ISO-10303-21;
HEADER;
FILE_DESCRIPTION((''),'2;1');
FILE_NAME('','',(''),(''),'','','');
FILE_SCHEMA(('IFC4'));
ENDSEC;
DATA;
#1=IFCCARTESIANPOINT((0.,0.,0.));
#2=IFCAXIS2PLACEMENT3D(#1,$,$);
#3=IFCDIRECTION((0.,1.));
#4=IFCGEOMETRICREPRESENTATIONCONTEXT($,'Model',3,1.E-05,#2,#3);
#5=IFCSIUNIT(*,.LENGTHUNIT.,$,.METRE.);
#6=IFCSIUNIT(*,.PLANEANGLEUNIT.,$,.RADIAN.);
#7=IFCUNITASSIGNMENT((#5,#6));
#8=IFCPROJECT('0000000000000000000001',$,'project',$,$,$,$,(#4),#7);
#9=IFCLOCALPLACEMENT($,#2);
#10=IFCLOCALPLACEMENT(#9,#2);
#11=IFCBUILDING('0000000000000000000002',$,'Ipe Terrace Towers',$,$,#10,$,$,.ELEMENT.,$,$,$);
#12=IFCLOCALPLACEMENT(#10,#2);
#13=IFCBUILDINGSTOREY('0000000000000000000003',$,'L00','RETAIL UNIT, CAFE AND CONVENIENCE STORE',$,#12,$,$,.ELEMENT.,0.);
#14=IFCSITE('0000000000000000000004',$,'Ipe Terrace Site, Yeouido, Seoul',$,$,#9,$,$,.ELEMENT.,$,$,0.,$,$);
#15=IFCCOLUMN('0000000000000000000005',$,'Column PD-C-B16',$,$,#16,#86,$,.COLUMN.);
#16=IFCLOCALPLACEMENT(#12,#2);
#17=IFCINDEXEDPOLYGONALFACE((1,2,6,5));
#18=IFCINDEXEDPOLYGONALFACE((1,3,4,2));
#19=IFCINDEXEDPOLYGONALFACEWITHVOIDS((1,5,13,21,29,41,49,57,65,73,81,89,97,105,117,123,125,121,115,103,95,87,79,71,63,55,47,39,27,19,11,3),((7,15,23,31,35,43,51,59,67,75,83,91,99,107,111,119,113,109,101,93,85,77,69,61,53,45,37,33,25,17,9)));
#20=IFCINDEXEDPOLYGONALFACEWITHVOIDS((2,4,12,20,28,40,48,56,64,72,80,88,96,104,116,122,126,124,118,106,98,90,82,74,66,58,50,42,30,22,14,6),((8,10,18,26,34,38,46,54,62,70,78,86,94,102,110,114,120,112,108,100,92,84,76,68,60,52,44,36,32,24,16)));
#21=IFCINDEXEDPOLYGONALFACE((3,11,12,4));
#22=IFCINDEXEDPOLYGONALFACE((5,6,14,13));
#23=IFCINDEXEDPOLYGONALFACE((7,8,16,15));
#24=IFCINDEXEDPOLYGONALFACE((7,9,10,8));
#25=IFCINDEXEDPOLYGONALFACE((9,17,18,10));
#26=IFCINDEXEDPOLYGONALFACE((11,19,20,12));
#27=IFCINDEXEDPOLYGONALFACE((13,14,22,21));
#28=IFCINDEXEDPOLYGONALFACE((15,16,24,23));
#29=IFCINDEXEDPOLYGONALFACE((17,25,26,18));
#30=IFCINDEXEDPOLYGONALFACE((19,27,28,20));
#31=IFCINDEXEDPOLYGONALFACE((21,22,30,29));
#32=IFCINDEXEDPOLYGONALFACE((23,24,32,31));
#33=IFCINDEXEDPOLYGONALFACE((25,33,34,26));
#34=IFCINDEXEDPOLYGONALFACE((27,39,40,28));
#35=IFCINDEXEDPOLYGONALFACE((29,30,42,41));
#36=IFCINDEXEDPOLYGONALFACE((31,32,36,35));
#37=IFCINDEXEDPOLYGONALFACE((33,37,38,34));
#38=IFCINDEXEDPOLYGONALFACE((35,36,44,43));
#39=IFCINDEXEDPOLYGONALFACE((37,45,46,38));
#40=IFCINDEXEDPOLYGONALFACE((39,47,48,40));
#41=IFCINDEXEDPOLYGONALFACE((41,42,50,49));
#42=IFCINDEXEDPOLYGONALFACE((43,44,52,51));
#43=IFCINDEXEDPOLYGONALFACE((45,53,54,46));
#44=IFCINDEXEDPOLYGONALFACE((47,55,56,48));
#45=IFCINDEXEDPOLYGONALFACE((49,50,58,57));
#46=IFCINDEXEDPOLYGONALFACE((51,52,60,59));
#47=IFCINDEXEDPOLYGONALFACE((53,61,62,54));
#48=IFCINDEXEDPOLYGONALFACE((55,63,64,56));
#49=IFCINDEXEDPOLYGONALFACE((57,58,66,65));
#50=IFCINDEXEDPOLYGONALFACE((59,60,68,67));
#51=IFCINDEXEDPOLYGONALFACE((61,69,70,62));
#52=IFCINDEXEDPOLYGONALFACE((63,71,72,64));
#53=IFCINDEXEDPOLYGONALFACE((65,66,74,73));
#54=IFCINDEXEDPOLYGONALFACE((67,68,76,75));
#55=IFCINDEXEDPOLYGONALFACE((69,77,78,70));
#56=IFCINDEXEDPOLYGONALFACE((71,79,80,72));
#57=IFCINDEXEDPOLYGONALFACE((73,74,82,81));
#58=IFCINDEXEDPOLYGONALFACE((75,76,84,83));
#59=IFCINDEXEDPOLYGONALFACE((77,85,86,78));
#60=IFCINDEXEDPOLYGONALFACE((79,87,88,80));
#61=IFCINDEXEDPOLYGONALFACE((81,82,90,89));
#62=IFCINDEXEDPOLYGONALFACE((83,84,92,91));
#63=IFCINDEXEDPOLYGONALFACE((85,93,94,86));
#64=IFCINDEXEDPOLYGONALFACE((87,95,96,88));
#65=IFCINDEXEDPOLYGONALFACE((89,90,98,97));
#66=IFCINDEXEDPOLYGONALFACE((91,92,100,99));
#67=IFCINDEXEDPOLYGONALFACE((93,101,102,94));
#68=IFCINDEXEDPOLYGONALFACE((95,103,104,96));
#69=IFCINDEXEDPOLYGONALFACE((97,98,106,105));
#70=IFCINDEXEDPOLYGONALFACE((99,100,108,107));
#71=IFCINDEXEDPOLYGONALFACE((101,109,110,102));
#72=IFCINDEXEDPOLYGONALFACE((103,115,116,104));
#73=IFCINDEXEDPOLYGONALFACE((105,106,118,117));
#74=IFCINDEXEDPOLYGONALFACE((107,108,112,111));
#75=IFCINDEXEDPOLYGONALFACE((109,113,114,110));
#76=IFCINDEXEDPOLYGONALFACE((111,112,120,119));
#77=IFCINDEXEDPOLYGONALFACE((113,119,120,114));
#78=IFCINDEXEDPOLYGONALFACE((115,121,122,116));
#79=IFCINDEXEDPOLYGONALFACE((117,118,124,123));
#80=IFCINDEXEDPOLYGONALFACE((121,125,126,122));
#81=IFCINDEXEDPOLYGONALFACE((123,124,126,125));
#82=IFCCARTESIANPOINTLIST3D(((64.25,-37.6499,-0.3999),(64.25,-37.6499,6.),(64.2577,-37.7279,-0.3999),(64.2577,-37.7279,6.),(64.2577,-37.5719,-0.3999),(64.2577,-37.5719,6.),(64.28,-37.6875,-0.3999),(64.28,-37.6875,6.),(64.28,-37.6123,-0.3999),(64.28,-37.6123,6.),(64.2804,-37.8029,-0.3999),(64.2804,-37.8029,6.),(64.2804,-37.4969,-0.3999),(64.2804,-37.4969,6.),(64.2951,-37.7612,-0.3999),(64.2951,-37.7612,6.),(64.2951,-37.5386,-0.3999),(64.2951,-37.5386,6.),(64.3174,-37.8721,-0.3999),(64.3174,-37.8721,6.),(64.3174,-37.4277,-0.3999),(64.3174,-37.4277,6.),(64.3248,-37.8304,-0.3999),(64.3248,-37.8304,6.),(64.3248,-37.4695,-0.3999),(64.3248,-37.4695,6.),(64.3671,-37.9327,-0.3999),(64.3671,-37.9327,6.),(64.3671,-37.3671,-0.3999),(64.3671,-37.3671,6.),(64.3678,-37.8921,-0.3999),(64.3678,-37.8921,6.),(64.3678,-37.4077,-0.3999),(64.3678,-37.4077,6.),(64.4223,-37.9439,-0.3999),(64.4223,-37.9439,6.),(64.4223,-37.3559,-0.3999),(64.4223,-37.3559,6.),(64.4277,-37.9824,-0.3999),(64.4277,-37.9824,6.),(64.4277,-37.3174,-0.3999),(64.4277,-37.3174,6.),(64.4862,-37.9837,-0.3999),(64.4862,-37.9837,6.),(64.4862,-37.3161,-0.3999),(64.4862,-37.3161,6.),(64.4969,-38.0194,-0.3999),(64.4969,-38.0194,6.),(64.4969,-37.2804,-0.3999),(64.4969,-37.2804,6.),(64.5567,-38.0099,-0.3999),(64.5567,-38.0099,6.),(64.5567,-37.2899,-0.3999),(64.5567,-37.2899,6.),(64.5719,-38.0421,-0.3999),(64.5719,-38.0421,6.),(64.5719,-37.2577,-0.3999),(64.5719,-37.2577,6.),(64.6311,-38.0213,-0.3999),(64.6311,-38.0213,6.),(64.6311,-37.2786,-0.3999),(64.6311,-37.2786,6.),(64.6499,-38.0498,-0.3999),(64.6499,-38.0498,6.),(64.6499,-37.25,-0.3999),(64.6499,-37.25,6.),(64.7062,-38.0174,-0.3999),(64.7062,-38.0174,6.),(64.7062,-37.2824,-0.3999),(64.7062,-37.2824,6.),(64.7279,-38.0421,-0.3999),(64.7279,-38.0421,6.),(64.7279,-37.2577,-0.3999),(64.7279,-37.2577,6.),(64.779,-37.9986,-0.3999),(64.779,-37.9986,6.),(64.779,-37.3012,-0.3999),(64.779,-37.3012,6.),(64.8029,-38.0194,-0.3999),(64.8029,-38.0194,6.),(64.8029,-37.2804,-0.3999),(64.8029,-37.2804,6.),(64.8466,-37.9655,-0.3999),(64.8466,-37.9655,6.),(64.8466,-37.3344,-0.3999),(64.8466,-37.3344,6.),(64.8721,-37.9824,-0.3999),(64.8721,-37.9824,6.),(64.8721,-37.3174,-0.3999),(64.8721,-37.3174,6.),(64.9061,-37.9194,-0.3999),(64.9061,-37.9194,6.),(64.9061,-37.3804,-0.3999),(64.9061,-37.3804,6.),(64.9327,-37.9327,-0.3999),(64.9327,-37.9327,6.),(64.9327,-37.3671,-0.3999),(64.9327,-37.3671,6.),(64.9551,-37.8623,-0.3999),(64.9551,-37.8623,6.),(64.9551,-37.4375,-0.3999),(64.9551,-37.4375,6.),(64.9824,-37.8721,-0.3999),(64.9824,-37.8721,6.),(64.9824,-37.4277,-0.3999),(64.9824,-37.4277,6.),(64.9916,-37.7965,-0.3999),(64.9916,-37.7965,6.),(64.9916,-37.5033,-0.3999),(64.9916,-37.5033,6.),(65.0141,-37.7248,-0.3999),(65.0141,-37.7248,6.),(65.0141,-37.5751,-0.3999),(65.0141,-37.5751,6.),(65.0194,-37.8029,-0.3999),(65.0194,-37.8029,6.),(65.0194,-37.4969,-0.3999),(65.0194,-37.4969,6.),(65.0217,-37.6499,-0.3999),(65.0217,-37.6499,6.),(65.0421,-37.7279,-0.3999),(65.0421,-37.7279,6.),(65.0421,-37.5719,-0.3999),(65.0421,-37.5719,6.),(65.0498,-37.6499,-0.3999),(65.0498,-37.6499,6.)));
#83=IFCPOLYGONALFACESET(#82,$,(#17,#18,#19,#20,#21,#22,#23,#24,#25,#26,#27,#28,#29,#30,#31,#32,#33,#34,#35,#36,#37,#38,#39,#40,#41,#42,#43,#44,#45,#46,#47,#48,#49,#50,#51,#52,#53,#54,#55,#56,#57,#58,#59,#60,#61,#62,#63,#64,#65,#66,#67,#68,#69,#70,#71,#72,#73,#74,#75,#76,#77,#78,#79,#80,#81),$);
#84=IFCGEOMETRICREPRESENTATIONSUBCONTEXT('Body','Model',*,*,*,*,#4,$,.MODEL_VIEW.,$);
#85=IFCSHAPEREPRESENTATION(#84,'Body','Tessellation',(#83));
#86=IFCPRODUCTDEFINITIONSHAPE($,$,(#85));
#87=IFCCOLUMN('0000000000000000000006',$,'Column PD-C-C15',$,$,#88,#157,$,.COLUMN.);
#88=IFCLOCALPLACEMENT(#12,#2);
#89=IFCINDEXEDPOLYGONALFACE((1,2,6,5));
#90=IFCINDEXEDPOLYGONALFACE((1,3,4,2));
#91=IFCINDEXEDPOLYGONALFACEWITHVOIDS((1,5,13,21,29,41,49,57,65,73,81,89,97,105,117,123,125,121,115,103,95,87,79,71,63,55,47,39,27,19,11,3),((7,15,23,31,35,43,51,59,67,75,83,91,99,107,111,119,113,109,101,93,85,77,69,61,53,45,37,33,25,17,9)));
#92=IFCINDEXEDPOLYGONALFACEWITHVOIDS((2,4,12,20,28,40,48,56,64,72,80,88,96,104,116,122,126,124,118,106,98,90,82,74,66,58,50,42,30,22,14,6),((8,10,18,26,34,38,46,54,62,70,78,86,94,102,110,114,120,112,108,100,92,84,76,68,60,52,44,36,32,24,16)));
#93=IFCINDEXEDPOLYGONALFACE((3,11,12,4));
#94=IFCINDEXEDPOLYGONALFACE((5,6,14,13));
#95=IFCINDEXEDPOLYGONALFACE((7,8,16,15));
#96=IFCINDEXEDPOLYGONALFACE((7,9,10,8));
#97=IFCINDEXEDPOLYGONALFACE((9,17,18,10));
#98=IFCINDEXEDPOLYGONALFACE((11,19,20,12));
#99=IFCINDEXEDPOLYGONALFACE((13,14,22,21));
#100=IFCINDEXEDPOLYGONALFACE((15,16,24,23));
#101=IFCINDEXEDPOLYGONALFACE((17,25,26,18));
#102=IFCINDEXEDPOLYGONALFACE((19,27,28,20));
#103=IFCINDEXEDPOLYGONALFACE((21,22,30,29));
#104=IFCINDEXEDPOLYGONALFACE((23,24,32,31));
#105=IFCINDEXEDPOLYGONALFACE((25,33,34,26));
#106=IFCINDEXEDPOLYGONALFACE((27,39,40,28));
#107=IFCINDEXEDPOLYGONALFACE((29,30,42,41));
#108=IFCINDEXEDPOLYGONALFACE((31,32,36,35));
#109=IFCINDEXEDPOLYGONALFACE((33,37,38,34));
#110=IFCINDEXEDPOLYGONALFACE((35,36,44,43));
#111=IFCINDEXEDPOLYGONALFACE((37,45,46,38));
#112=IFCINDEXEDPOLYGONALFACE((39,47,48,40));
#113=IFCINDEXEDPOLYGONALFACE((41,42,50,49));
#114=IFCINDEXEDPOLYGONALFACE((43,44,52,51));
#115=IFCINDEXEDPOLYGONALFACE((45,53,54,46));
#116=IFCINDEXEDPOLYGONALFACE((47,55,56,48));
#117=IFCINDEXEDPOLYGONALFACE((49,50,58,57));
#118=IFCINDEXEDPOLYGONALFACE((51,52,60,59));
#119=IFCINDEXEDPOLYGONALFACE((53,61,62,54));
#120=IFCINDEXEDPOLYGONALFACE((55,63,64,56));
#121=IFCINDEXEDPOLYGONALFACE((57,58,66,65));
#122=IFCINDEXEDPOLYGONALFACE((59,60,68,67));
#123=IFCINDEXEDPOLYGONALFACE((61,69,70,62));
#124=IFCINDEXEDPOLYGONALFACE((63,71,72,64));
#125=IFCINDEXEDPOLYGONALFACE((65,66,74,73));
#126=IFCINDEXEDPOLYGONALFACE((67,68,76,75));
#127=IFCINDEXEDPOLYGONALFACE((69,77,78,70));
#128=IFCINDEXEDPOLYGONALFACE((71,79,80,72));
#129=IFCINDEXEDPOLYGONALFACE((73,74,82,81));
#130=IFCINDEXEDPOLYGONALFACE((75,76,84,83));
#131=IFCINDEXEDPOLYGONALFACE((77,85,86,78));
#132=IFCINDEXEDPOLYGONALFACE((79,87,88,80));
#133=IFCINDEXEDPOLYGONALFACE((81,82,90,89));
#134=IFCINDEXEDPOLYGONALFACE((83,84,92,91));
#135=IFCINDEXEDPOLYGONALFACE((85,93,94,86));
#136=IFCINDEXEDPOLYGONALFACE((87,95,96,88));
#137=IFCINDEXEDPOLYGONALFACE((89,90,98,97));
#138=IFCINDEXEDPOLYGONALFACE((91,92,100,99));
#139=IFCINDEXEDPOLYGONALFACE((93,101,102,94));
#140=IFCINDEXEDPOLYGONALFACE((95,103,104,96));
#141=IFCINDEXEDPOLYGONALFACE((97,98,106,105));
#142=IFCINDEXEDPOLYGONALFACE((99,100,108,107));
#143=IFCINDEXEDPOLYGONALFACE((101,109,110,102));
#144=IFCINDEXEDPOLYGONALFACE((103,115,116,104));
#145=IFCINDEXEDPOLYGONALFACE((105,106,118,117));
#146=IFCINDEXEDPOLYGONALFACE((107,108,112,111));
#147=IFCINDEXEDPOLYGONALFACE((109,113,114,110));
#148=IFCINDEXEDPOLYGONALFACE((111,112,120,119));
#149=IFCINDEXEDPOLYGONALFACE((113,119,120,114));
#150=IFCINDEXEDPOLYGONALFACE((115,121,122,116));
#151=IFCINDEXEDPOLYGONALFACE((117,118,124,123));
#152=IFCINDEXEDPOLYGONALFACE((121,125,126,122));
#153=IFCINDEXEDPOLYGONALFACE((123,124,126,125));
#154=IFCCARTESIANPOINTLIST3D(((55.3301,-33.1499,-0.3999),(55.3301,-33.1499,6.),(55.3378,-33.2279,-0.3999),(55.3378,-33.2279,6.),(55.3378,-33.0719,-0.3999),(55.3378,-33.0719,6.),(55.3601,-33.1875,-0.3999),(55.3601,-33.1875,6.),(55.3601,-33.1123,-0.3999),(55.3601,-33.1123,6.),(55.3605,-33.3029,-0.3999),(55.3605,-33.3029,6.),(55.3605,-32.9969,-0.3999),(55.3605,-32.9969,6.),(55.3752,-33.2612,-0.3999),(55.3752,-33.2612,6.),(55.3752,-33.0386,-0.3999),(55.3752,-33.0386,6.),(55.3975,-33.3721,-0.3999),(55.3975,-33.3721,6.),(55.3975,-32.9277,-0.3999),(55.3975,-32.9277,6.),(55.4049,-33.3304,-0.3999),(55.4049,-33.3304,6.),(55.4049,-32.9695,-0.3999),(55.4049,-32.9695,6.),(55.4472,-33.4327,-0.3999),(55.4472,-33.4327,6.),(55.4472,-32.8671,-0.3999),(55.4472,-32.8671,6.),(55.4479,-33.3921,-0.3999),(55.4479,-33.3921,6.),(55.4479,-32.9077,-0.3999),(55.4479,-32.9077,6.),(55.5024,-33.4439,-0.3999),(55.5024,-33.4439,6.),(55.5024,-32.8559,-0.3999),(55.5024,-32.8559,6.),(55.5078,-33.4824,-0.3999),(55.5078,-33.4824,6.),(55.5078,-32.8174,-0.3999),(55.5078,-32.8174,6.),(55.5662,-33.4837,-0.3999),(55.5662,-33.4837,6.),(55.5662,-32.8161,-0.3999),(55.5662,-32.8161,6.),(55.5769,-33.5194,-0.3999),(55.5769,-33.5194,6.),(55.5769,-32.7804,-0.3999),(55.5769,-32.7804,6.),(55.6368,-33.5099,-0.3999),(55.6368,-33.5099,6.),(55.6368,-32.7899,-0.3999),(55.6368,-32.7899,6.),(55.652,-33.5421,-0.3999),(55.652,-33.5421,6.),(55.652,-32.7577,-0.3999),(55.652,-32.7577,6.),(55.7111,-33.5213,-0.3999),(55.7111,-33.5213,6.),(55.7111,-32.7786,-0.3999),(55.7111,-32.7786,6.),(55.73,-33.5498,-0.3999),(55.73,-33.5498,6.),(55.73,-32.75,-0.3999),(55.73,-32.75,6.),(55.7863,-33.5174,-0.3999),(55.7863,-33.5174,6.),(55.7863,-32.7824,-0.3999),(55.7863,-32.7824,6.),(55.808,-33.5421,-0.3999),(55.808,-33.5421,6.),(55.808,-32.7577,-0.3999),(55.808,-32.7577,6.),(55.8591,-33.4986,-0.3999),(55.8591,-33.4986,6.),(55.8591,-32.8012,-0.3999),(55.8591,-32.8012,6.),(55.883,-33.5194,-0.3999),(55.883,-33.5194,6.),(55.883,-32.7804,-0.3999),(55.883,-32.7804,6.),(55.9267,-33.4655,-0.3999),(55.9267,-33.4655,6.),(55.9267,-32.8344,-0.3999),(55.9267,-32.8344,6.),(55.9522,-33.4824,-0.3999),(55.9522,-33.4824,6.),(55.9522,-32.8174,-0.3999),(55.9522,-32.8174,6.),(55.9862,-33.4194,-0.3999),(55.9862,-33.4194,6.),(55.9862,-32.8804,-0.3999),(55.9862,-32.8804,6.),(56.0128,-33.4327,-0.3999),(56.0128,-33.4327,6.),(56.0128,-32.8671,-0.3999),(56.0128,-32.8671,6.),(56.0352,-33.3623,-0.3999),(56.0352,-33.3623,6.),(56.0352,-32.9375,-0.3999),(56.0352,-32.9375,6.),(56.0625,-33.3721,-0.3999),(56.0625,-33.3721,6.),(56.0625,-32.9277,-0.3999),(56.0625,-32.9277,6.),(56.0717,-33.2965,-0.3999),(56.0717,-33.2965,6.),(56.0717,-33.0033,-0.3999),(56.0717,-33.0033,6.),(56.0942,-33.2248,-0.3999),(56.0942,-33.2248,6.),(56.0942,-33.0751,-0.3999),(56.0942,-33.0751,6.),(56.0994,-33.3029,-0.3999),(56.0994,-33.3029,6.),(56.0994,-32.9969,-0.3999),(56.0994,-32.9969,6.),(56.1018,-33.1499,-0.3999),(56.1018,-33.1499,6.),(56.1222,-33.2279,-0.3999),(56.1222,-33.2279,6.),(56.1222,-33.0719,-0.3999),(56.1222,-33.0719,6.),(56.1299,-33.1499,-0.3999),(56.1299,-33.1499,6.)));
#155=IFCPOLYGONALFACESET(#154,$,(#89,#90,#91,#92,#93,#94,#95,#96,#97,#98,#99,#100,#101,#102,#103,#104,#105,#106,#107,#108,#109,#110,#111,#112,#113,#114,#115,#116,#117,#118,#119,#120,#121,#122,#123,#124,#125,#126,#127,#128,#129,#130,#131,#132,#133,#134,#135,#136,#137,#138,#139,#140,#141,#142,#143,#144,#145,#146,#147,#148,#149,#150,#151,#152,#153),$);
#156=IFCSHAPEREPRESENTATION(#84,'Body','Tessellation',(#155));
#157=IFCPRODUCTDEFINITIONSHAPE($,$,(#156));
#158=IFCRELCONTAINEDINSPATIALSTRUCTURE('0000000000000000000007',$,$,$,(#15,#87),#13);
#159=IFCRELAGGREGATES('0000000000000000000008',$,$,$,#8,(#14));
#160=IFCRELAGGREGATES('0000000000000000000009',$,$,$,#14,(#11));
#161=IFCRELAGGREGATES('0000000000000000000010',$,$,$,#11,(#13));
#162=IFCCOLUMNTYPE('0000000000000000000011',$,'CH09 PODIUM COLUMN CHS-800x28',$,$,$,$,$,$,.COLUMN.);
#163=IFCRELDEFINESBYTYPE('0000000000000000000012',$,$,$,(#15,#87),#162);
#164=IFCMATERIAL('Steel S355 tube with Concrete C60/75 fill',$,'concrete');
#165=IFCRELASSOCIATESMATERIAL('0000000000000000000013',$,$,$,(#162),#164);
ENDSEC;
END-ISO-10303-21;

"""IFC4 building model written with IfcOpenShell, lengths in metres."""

from ifc_helpers import new_model, si_unit, direction, frame, origin, origin_2d, place, context, subcontext, project, spatial, hollow_circle, extrude, material, material_profile, profile_set, type_object, element, save


model = new_model("IFC4")

# Units and contexts
model_context = context("Model", 3, precision=1e-05, world=origin(), true_north=direction((0.0, 1.0)))
body_context = subcontext(model_context, "Body", "Model", "MODEL_VIEW")
ifc_project = project(units=[si_unit("LENGTHUNIT", "METRE"), si_unit("PLANEANGLEUNIT", "RADIAN")], contexts=[model_context])

# Site, building, storey
site_placement = place(None, origin())
site = spatial("IfcSite", under=ifc_project, at=site_placement, Name="Ipe Terrace Site, Yeouido, Seoul", CompositionType="ELEMENT", RefElevation=0.0)
building_placement = place(site_placement, origin())
building = spatial("IfcBuilding", under=site, at=building_placement, Name="Ipe Terrace Towers", CompositionType="ELEMENT")
storey_placement = place(building_placement, origin())
storey = spatial("IfcBuildingStorey", under=building, at=storey_placement, Name="L00", Description="RETAIL UNIT, CAFE AND CONVENIENCE STORE", CompositionType="ELEMENT", Elevation=0.0)

# Columns
ifc_material_1 = material(Name="Steel S355 tube with Concrete C60/75 fill", Category="concrete")
ifc_material_profile_1 = material_profile(ifc_material_1, hollow_circle(Radius=0.3999, WallThickness=0.0281, at=origin_2d()), Name="CHS-800x28")
ifc_profile_set_1 = profile_set([ifc_material_profile_1], Name="Steel S355 tube with Concrete C60/75 fill")
column_type_1 = type_object("IfcColumnType", Name="CH09 PODIUM COLUMN CHS-800x28", PredefinedType="COLUMN", material=ifc_profile_set_1)
for number, where, z_axis, x_axis, name in (
    (1, (64.6499, -37.6499, -0.3999), (0.0, 0.0, 1.0), (1.0, 0.0, 0.0), "Column PD-C-B16"),
    (2, (55.73, -33.1499, -0.3999), (0.0, 0.0, 1.0), (1.0, 0.0, 0.0), "Column PD-C-C15"),
):
    element("IfcColumn", number, at=place(storey_placement, frame(where, z_axis=z_axis, x_axis=x_axis)), inside=storey, type_object=column_type_1, Name=name, PredefinedType="COLUMN", context=body_context, shape_type="SweptSolid", body=[
        extrude(hollow_circle(Radius=0.3999, WallThickness=0.0281, at=origin_2d()), origin(), (0.0, 0.0, 1.0), 6.3999),
    ])

save(model, "model.ifc")
